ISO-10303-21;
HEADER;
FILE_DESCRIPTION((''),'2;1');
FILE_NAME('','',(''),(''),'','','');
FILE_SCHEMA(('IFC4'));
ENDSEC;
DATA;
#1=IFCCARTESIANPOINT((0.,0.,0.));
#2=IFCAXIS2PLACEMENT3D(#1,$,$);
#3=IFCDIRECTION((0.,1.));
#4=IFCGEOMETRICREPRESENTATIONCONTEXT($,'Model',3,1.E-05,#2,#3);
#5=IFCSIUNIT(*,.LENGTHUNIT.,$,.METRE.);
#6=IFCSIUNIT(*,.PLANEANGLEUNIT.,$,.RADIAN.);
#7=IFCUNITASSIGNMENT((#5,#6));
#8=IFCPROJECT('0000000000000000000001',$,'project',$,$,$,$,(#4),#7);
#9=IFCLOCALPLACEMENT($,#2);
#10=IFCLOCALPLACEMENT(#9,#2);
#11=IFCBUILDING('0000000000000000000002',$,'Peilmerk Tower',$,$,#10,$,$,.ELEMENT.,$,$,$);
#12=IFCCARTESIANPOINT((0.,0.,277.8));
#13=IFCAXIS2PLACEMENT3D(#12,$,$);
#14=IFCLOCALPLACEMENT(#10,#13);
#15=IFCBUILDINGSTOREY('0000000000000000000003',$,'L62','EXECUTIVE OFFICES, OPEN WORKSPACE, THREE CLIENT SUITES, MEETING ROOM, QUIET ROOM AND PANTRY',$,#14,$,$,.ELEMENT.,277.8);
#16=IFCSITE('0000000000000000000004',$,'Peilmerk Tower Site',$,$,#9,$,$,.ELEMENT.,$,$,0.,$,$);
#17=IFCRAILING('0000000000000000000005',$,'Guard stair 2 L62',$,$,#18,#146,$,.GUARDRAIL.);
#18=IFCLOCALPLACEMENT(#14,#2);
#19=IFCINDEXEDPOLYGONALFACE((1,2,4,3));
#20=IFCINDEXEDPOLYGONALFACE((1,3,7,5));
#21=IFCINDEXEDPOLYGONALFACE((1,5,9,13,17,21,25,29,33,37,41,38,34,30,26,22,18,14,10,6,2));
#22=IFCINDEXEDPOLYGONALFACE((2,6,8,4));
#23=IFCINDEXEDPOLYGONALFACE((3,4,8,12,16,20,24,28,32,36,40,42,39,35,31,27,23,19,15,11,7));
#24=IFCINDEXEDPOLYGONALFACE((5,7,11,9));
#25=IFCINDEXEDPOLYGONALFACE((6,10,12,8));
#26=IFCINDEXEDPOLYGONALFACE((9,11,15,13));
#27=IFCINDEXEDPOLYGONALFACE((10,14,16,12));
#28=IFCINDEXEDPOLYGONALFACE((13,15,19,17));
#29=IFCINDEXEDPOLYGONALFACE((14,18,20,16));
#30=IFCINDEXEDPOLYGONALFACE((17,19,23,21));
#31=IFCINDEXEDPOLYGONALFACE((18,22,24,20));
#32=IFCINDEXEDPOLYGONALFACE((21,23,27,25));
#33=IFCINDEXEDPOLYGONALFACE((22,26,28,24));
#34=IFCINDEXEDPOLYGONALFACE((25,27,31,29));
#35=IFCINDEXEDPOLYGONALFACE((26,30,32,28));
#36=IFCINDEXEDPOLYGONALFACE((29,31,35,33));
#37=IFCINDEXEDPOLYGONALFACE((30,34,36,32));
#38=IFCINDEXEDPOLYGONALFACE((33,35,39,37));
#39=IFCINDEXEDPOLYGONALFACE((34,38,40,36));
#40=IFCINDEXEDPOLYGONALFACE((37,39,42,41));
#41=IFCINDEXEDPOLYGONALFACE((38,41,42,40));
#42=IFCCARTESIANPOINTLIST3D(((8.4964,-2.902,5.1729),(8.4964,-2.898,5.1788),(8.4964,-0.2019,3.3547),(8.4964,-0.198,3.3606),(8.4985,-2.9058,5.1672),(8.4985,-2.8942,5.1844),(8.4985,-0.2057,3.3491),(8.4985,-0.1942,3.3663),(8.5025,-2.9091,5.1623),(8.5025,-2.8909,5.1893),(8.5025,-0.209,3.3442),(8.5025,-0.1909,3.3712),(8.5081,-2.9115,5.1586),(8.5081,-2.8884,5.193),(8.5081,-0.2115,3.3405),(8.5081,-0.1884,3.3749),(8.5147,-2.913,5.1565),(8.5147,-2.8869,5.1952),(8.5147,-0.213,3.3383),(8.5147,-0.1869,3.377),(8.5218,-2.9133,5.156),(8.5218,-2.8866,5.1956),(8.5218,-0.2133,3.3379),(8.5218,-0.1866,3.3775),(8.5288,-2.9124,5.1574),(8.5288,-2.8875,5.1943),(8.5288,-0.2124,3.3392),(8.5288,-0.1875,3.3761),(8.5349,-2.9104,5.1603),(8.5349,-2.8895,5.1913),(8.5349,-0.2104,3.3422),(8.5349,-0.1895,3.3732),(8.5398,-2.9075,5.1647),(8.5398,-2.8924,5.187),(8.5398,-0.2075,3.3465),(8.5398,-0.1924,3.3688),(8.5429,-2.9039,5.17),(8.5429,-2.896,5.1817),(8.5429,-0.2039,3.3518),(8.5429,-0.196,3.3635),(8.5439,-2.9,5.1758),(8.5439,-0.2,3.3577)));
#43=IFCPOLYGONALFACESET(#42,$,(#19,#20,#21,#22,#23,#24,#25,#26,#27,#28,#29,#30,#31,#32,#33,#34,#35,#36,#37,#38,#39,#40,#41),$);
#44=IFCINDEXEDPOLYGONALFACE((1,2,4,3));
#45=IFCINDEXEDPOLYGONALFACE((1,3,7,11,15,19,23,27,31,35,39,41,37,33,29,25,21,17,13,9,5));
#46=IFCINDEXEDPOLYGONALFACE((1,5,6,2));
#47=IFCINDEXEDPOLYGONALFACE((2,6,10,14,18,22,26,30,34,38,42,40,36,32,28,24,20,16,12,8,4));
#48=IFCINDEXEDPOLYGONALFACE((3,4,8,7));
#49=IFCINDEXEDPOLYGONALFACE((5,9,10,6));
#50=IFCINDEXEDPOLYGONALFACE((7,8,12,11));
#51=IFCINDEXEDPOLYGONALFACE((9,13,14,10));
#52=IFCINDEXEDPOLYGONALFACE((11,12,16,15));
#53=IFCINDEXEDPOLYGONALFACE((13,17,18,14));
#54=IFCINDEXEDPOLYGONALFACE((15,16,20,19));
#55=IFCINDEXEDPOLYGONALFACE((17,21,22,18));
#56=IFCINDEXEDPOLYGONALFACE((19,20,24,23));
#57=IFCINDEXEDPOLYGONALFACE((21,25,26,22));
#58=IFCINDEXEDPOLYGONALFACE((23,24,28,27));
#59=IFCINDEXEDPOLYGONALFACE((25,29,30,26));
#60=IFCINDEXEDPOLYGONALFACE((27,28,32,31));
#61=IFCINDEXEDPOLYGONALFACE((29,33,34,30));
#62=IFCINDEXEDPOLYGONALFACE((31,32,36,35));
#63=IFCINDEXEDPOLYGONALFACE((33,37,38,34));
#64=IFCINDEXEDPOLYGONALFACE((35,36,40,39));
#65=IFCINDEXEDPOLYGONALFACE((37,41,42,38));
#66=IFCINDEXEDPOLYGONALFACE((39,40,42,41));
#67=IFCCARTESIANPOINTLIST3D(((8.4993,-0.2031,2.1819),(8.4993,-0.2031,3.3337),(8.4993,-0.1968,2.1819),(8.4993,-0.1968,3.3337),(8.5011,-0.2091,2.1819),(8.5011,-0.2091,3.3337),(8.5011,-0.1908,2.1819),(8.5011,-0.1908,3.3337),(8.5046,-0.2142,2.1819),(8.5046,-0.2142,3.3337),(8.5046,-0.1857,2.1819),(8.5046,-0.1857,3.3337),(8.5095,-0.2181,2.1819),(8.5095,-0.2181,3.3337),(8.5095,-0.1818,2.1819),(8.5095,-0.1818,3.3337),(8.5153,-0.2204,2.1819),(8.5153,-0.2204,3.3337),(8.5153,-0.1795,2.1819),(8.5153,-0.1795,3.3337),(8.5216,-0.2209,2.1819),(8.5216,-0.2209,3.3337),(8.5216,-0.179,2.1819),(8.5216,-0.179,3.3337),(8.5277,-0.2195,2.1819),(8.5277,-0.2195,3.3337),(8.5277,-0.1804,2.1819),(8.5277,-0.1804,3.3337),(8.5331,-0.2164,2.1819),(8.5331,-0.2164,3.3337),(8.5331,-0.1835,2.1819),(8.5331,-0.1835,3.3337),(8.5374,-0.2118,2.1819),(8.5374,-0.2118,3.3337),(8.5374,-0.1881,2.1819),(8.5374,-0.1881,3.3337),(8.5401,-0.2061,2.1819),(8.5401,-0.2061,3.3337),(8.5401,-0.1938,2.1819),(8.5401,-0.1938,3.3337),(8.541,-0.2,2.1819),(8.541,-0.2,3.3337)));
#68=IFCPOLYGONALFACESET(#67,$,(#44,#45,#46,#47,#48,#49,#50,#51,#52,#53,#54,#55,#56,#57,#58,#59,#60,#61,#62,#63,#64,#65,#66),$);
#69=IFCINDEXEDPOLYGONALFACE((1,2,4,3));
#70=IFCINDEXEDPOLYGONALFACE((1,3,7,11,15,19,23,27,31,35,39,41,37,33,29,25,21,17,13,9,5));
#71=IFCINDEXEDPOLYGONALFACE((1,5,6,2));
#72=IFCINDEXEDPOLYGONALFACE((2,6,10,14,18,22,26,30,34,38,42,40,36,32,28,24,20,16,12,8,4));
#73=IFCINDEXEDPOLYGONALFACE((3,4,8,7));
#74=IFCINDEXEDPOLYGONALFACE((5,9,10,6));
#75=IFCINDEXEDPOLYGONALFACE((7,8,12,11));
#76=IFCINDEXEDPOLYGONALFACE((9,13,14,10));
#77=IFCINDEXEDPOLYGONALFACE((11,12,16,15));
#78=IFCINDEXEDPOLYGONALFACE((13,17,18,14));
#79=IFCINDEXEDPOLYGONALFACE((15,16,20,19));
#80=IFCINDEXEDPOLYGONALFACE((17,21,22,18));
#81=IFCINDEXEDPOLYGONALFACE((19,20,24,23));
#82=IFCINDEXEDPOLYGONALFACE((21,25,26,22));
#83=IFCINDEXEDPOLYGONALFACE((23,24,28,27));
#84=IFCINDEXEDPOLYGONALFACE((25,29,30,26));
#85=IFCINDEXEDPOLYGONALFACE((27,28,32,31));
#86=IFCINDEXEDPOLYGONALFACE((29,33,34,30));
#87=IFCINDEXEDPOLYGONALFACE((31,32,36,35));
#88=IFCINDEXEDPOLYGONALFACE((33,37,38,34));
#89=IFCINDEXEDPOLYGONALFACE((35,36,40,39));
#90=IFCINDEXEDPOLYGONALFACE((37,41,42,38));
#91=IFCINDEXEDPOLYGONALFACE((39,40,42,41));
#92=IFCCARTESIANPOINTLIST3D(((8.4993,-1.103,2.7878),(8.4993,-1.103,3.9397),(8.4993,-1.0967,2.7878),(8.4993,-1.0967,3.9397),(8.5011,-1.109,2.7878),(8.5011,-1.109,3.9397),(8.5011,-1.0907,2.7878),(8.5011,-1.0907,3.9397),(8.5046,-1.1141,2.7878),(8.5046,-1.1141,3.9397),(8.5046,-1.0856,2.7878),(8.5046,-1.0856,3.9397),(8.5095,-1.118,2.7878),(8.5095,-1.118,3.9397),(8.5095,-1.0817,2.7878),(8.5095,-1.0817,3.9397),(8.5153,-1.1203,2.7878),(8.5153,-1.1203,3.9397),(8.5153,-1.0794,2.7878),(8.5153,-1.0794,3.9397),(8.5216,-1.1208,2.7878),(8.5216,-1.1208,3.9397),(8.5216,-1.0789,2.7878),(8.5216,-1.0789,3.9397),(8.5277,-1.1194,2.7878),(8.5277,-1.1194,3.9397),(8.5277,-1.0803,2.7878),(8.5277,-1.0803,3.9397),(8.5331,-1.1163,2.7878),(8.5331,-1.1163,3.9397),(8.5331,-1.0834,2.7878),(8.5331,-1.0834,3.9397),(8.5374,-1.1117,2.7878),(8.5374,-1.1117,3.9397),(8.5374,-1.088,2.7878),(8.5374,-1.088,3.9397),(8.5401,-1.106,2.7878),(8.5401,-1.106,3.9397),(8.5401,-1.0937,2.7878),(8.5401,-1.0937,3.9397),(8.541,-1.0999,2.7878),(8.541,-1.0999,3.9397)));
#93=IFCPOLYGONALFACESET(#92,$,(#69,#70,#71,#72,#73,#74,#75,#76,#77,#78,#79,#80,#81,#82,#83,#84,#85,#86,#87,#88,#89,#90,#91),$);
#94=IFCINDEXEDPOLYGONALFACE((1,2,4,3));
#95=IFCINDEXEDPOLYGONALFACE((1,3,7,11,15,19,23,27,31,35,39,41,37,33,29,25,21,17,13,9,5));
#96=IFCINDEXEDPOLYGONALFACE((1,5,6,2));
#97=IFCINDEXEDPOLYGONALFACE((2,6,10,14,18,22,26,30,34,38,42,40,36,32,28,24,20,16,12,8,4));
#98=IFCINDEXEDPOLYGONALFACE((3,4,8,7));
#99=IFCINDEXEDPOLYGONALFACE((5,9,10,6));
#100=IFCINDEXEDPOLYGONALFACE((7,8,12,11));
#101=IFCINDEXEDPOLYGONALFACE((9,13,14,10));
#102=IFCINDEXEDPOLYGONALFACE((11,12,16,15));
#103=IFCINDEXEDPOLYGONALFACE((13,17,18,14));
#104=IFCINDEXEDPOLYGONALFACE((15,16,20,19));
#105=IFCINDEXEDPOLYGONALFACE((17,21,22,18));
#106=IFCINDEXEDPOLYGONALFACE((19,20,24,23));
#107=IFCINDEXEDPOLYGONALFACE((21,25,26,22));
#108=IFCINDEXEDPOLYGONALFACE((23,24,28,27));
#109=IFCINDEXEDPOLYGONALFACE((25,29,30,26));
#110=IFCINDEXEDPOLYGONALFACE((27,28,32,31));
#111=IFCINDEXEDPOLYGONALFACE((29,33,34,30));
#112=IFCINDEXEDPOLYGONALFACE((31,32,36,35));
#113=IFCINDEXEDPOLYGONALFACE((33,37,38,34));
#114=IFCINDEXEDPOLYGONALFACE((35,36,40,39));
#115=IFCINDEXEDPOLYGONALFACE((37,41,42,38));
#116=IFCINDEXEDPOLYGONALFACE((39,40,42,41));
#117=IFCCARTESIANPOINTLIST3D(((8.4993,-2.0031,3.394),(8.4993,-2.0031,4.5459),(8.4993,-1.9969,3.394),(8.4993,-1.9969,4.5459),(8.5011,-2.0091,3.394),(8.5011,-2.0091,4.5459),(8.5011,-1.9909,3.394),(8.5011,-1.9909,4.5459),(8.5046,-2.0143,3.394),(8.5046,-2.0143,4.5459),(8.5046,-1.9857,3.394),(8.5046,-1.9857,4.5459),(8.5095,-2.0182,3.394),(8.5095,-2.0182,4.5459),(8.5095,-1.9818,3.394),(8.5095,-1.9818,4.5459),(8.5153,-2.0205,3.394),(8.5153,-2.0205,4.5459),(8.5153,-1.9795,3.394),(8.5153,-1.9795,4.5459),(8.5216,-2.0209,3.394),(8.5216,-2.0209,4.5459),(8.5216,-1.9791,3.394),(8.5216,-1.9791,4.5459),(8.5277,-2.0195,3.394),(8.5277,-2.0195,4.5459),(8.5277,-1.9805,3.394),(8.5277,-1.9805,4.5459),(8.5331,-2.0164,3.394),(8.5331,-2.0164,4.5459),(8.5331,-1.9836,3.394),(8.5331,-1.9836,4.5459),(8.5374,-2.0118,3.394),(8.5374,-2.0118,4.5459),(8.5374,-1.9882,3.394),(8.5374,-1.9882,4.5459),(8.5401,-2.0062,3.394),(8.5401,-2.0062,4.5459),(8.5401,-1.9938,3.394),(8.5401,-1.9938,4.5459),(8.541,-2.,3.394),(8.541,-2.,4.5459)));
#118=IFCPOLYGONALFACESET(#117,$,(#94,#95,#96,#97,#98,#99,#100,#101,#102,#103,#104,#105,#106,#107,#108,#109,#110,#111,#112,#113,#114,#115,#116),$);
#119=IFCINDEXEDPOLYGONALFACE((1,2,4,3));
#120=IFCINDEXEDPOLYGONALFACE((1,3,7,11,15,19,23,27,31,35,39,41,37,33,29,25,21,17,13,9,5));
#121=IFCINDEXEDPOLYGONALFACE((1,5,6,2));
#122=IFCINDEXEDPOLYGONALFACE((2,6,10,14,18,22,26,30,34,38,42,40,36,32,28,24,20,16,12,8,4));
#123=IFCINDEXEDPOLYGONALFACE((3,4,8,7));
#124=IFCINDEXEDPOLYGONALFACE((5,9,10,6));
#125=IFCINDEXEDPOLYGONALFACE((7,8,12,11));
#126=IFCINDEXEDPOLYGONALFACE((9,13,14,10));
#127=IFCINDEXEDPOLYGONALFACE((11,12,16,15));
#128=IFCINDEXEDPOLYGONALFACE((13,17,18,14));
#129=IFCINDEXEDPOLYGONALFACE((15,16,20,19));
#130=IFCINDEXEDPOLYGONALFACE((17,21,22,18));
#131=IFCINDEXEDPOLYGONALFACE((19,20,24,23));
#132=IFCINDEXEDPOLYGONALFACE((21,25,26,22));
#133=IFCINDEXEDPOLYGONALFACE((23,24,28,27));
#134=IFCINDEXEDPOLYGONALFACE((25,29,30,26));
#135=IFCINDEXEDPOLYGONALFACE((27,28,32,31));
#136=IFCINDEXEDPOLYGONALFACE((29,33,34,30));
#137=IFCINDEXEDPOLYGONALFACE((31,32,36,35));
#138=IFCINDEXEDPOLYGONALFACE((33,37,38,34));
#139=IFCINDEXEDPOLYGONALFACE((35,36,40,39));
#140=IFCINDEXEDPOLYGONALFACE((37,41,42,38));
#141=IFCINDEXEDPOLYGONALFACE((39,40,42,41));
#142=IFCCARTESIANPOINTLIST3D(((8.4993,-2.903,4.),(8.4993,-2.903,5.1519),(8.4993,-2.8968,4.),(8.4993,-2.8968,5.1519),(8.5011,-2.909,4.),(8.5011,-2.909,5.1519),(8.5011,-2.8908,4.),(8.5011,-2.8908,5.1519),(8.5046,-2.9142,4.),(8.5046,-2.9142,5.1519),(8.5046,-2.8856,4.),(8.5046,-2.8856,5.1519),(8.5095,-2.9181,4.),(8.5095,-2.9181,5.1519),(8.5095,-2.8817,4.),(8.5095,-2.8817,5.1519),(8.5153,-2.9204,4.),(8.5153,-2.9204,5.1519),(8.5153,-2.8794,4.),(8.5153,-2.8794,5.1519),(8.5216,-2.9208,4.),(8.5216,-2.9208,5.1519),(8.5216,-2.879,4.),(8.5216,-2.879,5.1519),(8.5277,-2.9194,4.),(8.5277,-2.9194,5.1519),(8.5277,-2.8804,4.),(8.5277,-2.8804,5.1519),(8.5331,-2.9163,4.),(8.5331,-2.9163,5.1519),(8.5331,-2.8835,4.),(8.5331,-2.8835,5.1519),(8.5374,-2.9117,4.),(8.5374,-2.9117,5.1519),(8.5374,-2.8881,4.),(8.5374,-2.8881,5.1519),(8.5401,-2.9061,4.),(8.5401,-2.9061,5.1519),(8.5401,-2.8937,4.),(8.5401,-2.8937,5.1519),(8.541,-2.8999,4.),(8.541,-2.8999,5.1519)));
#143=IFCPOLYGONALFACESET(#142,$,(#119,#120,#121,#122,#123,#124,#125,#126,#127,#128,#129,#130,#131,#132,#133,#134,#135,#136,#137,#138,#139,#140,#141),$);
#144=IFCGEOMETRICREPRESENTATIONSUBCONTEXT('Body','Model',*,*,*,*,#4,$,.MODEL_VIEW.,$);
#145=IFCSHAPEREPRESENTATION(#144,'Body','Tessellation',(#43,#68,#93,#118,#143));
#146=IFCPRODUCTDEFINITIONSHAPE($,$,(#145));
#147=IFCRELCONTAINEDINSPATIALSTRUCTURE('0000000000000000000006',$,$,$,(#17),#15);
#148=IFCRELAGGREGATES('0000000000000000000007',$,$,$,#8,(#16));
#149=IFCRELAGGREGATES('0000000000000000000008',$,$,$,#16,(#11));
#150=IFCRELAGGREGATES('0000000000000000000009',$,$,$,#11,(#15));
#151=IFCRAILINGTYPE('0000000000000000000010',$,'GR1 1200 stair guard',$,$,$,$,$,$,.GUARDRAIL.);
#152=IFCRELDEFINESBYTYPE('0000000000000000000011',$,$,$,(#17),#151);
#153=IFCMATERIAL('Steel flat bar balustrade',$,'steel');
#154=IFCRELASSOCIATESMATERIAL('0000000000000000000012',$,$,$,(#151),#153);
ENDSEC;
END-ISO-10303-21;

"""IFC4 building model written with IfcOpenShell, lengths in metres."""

from ifc_helpers import new_model, si_unit, direction, frame, origin, origin_2d, place, context, subcontext, project, spatial, circle, extrude, material, type_object, element, save


model = new_model("IFC4")

# Units and contexts
model_context = context("Model", 3, precision=1e-05, world=origin(), true_north=direction((0.0, 1.0)))
body_context = subcontext(model_context, "Body", "Model", "MODEL_VIEW")
ifc_project = project(units=[si_unit("LENGTHUNIT", "METRE"), si_unit("PLANEANGLEUNIT", "RADIAN")], contexts=[model_context])

# Site, building, storey
site_placement = place(None, origin())
site = spatial("IfcSite", under=ifc_project, at=site_placement, Name="Peilmerk Tower Site", CompositionType="ELEMENT", RefElevation=0.0)
building_placement = place(site_placement, origin())
building = spatial("IfcBuilding", under=site, at=building_placement, Name="Peilmerk Tower", CompositionType="ELEMENT")
storey_placement = place(building_placement, frame((0.0, 0.0, 277.8)))
storey = spatial("IfcBuildingStorey", under=building, at=storey_placement, Name="L62", Description="EXECUTIVE OFFICES, OPEN WORKSPACE, THREE CLIENT SUITES, MEETING ROOM, QUIET ROOM AND PANTRY", CompositionType="ELEMENT", Elevation=277.8)

# Railing
ifc_material_1 = material(Name="Steel flat bar balustrade", Category="steel")
railing_type_1 = type_object("IfcRailingType", Name="GR1 1200 stair guard", PredefinedType="GUARDRAIL", material=ifc_material_1)
railing_1_placement = place(storey_placement, frame((8.52, -0.2, 2.1819)))
element("IfcRailing", 1, at=railing_1_placement, inside=storey, type_object=railing_type_1, Name="Guard stair 2 L62", PredefinedType="GUARDRAIL", context=body_context, shape_type="SweptSolid", body=[
    extrude(circle(Radius=0.0239, at=origin_2d()), frame((0.0, 0.0, 1.1758), z_axis=(0.0, -0.829468, 0.558554), x_axis=(1.0, 0.0, 0.0)), (0.0, 0.0, 1.0), 3.2551),
    extrude(circle(Radius=0.021, at=origin_2d()), origin(), (0.0, 0.0, 1.0), 1.1519),
    extrude(circle(Radius=0.021, at=origin_2d()), frame((0.0, -0.8999, 0.606)), (0.0, 0.0, 1.0), 1.1519),
    extrude(circle(Radius=0.021, at=origin_2d()), frame((0.0, -1.8, 1.2122)), (0.0, 0.0, 1.0), 1.1519),
    extrude(circle(Radius=0.021, at=origin_2d()), frame((0.0, -2.7, 1.8181)), (0.0, 0.0, 1.0), 1.1519),
])

save(model, "model.ifc")
